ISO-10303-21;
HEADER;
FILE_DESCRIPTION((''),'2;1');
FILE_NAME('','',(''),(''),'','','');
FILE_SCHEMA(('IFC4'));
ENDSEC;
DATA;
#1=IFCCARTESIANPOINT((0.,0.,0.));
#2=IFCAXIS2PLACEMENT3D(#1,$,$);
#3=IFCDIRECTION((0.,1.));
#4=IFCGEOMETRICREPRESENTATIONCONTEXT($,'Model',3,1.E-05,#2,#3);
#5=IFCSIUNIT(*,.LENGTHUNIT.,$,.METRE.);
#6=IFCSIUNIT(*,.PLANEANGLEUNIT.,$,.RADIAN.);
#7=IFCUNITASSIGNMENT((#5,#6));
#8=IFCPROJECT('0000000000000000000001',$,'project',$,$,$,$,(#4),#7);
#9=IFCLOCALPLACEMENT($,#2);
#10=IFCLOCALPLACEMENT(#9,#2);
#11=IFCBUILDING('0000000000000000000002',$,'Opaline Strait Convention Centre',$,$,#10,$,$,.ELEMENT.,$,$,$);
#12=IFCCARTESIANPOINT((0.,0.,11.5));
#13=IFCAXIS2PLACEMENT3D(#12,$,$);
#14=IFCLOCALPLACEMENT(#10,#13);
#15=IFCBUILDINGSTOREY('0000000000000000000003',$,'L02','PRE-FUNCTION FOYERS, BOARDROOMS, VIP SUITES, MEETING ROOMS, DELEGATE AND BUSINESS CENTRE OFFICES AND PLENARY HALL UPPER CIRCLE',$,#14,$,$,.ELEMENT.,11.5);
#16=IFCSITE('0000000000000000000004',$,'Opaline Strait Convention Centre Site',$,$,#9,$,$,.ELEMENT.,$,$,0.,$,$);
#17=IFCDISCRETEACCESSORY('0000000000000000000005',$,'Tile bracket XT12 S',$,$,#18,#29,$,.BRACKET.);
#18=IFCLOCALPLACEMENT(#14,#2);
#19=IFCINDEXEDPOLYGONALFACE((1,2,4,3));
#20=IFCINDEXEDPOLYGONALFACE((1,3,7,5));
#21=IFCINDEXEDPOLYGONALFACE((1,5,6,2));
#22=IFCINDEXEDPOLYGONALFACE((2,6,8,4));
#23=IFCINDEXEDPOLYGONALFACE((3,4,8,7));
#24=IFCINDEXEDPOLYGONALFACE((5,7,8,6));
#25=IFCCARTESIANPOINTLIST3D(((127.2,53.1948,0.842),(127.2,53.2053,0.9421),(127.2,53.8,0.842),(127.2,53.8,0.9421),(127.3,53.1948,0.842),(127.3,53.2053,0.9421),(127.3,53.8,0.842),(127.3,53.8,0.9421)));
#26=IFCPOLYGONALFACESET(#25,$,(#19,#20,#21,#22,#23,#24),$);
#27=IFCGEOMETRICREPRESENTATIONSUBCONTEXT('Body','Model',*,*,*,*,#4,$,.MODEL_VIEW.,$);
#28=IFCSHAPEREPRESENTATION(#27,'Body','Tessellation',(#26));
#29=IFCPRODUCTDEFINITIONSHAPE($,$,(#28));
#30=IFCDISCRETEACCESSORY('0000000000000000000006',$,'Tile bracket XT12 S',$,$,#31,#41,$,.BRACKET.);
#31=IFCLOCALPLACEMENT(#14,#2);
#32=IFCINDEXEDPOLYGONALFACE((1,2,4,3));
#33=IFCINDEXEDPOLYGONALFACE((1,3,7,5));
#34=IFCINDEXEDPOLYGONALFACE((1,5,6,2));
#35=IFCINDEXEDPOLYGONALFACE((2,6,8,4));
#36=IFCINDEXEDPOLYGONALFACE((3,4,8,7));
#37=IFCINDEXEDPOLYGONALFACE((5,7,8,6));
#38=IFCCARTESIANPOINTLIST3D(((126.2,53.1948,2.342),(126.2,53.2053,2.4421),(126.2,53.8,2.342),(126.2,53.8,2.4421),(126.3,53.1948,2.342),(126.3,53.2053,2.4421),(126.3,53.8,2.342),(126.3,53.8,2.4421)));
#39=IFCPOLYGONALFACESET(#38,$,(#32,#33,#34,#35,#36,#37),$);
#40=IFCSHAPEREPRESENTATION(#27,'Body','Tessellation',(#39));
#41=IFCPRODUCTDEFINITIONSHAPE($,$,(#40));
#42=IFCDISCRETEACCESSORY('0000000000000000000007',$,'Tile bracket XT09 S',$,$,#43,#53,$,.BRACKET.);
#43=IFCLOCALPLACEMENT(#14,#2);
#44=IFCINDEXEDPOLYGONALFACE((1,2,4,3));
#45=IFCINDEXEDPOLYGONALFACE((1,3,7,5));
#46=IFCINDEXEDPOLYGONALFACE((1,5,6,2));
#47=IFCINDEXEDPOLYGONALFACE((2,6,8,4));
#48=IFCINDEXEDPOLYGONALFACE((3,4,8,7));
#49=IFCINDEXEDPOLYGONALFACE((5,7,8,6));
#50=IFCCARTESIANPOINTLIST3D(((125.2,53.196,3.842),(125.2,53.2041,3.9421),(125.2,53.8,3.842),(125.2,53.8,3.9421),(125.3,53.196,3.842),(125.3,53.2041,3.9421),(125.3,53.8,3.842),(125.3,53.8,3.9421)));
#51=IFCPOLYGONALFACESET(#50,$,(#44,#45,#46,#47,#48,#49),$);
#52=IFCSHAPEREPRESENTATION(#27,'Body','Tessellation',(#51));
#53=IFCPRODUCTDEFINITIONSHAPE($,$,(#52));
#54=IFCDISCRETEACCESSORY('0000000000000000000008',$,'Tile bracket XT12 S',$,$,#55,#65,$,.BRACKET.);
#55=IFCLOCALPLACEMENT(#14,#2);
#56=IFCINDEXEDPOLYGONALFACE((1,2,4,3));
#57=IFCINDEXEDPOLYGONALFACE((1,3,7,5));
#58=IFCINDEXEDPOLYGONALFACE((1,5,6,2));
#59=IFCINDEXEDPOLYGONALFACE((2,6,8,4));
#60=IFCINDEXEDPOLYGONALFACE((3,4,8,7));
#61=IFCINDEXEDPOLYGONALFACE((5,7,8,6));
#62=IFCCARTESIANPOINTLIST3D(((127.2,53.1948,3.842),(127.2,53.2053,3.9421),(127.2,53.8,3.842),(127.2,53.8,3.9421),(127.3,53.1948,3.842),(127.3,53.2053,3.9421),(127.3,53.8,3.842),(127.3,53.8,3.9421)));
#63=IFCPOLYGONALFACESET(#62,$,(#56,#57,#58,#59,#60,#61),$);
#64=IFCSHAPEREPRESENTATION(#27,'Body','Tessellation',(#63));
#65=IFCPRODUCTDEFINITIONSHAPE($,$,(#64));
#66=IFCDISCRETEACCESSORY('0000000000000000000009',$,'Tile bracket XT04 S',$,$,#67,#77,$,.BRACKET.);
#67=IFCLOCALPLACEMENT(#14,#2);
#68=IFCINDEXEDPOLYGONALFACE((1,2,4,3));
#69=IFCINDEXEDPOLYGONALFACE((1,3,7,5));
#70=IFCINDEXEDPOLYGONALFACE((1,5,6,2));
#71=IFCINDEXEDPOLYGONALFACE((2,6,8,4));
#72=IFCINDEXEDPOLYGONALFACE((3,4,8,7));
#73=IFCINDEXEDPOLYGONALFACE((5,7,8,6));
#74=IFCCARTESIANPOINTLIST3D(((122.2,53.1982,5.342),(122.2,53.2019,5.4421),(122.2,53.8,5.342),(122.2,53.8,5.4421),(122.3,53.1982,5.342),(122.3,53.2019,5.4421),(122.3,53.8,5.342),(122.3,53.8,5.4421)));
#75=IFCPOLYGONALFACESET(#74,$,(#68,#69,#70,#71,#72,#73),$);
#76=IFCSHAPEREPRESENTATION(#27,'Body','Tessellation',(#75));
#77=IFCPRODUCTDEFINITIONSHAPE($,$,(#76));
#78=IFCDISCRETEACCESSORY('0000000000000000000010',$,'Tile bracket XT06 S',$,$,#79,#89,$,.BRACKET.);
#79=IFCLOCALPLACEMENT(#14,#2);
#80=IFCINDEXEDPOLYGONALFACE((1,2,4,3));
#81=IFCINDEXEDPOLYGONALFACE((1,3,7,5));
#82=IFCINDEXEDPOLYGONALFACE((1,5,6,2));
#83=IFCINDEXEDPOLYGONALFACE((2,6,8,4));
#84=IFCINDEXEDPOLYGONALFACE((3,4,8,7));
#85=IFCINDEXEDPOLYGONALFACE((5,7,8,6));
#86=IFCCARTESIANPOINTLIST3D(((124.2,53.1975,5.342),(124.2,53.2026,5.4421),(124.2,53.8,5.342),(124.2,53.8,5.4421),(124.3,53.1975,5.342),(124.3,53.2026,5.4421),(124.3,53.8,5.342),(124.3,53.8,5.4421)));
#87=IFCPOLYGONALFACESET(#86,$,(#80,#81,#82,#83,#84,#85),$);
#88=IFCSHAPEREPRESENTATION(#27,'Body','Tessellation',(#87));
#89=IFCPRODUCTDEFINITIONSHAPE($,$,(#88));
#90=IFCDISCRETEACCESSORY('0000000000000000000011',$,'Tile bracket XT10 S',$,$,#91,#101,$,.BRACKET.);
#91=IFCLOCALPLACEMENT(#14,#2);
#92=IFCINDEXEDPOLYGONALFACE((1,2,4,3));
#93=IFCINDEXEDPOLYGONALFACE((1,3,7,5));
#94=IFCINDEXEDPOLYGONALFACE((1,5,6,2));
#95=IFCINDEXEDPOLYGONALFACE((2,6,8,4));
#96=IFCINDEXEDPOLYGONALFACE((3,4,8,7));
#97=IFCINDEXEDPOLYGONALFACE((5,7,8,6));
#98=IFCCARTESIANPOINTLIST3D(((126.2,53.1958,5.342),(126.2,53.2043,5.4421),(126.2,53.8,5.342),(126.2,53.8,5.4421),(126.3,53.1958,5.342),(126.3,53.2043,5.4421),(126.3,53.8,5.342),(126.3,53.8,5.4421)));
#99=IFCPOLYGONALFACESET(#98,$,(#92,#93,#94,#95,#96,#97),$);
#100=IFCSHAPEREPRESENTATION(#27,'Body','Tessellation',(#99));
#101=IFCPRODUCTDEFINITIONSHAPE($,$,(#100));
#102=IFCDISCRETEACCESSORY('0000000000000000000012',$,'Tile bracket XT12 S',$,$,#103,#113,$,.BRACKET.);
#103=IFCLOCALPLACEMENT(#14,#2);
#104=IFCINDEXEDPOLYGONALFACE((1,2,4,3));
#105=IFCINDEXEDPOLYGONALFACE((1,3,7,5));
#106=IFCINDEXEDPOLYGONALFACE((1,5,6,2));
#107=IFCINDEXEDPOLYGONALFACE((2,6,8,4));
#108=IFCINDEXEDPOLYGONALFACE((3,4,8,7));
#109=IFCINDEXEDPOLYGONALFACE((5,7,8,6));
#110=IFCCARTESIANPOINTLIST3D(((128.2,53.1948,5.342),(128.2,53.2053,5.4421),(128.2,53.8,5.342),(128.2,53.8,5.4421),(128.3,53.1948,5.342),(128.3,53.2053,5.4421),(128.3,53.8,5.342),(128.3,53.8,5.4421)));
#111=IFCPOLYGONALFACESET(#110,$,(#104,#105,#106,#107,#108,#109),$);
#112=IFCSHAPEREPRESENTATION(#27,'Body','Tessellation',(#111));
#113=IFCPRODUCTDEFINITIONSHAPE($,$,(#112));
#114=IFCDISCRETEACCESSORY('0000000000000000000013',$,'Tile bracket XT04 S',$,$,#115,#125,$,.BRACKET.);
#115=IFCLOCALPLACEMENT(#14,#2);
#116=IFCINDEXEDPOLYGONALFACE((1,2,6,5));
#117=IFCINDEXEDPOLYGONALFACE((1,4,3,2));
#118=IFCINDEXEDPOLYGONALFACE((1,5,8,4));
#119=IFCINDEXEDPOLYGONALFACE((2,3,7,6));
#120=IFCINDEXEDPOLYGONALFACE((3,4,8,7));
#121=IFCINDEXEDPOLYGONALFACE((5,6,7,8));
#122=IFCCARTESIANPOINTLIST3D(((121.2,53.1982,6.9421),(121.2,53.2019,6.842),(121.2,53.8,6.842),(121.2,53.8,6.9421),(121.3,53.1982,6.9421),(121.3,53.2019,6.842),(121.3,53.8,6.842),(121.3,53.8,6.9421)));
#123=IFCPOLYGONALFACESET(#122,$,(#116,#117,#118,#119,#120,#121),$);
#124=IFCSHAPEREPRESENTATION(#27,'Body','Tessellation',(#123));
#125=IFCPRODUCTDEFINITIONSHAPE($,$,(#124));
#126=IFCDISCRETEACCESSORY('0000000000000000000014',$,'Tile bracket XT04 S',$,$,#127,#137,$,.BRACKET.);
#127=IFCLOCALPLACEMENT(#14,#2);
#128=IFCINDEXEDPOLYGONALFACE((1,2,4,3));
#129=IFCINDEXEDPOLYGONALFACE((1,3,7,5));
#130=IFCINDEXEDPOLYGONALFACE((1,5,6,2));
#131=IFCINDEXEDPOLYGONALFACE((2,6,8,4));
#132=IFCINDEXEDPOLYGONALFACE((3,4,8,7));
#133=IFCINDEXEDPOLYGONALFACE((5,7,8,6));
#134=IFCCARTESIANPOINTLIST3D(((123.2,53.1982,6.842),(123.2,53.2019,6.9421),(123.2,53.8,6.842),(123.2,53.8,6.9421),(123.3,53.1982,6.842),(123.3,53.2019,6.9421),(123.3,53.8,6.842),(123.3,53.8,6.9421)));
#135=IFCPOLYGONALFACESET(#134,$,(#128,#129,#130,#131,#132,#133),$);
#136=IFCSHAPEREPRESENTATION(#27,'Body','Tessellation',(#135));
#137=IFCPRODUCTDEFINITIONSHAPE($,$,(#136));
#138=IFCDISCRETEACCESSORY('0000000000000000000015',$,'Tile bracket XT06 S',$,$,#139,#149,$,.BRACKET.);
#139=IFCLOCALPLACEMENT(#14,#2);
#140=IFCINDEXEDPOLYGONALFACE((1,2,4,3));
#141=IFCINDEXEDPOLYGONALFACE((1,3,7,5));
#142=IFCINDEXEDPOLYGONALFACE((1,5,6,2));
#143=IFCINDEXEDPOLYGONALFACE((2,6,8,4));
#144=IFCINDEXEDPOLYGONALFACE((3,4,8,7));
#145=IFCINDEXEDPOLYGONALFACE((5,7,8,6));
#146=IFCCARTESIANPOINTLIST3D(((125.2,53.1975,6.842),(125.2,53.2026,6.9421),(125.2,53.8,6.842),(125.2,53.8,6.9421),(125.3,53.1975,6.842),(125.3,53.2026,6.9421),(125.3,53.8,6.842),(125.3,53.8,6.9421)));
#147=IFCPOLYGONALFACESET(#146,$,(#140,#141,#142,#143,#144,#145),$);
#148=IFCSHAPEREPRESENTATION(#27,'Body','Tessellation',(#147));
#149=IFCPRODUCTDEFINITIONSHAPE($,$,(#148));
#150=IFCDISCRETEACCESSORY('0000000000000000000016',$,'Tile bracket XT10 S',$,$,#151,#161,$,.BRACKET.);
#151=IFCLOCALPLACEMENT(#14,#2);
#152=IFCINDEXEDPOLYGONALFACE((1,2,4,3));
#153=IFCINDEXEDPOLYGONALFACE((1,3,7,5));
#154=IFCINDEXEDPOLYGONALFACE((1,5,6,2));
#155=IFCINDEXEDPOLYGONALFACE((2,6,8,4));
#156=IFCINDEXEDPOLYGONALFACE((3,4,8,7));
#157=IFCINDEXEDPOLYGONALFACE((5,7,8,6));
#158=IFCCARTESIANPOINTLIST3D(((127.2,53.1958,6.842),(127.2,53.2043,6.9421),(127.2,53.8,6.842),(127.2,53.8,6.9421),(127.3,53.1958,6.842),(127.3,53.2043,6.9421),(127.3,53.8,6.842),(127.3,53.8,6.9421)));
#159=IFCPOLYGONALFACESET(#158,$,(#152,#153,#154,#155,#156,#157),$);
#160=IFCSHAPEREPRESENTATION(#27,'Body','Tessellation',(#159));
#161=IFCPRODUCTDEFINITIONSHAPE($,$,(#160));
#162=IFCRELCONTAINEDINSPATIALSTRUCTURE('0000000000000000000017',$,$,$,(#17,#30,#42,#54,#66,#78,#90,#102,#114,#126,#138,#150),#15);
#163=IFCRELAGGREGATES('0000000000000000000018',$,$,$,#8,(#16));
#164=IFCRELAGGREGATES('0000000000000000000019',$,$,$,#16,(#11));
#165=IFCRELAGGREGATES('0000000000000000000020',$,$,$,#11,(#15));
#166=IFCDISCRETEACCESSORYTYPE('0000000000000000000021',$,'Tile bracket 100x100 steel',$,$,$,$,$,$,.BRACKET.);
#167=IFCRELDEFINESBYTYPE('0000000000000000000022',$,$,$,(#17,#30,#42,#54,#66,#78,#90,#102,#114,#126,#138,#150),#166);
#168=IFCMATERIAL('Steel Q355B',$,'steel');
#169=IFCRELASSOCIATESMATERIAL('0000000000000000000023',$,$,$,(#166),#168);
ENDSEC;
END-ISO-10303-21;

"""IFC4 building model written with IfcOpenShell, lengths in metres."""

from ifc_helpers import new_model, si_unit, direction, frame, origin, place, context, subcontext, project, spatial, polyline, outline, extrude, material, type_object, element, save


model = new_model("IFC4")

# Units and contexts
model_context = context("Model", 3, precision=1e-05, world=origin(), true_north=direction((0.0, 1.0)))
body_context = subcontext(model_context, "Body", "Model", "MODEL_VIEW")
ifc_project = project(units=[si_unit("LENGTHUNIT", "METRE"), si_unit("PLANEANGLEUNIT", "RADIAN")], contexts=[model_context])

# Site, building, storey
site_placement = place(None, origin())
site = spatial("IfcSite", under=ifc_project, at=site_placement, Name="Opaline Strait Convention Centre Site", CompositionType="ELEMENT", RefElevation=0.0)
building_placement = place(site_placement, origin())
building = spatial("IfcBuilding", under=site, at=building_placement, Name="Opaline Strait Convention Centre", CompositionType="ELEMENT")
storey_placement = place(building_placement, frame((0.0, 0.0, 11.5)))
storey = spatial("IfcBuildingStorey", under=building, at=storey_placement, Name="L02", Description="PRE-FUNCTION FOYERS, BOARDROOMS, VIP SUITES, MEETING ROOMS, DELEGATE AND BUSINESS CENTRE OFFICES AND PLENARY HALL UPPER CIRCLE", CompositionType="ELEMENT", Elevation=11.5)

# Discrete accessories
ifc_material_1 = material(Name="Steel Q355B", Category="steel")
discrete_accessory_type = type_object("IfcDiscreteAccessoryType", Name="Tile bracket 100x100 steel", PredefinedType="BRACKET", material=ifc_material_1)
for number, where, z_axis, x_axis, name in (
    (1, (127.2, 53.8, 0.8921), (1.0, 0.0, 0.0), (0.0, 1.0, 0.0), "Tile bracket XT12 S"),
    (2, (126.2, 53.8, 2.3921), (1.0, 0.0, 0.0), (0.0, 1.0, 0.0), "Tile bracket XT12 S"),
):
    element("IfcDiscreteAccessory", number, at=place(storey_placement, frame(where, z_axis=z_axis, x_axis=x_axis)), inside=storey, type_object=discrete_accessory_type, Name=name, PredefinedType="BRACKET", context=body_context, shape_type="SweptSolid", body=[
        extrude(outline(polyline([(0.0, -0.05), (0.0, 0.05), (-0.5947, 0.05), (-0.6052, -0.05), (0.0, -0.05)])), origin(), (0.0, 0.0, 1.0), 0.1001),
    ])
discrete_accessory_1_placement = place(storey_placement, frame((125.2, 53.8, 3.8921), z_axis=(1.0, 0.0, 0.0), x_axis=(0.0, 1.0, 0.0)))
element("IfcDiscreteAccessory", 3, at=discrete_accessory_1_placement, inside=storey, type_object=discrete_accessory_type, Name="Tile bracket XT09 S", PredefinedType="BRACKET", context=body_context, shape_type="SweptSolid", body=[
    extrude(outline(polyline([(0.0, -0.05), (0.0, 0.05), (-0.5959, 0.05), (-0.604, -0.05), (0.0, -0.05)])), origin(), (0.0, 0.0, 1.0), 0.1001),
])
discrete_accessory_2_placement = place(storey_placement, frame((127.2, 53.8, 3.8921), z_axis=(1.0, 0.0, 0.0), x_axis=(0.0, 1.0, 0.0)))
element("IfcDiscreteAccessory", 4, at=discrete_accessory_2_placement, inside=storey, type_object=discrete_accessory_type, Name="Tile bracket XT12 S", PredefinedType="BRACKET", context=body_context, shape_type="SweptSolid", body=[
    extrude(outline(polyline([(0.0, -0.05), (0.0, 0.05), (-0.5947, 0.05), (-0.6052, -0.05), (0.0, -0.05)])), origin(), (0.0, 0.0, 1.0), 0.1001),
])
discrete_accessory_3_placement = place(storey_placement, frame((122.2, 53.8, 5.3921), z_axis=(1.0, 0.0, 0.0), x_axis=(0.0, 1.0, 0.0)))
element("IfcDiscreteAccessory", 5, at=discrete_accessory_3_placement, inside=storey, type_object=discrete_accessory_type, Name="Tile bracket XT04 S", PredefinedType="BRACKET", context=body_context, shape_type="SweptSolid", body=[
    extrude(outline(polyline([(0.0, -0.05), (0.0, 0.05), (-0.5981, 0.05), (-0.6018, -0.05), (0.0, -0.05)])), origin(), (0.0, 0.0, 1.0), 0.1001),
])
discrete_accessory_4_placement = place(storey_placement, frame((124.2, 53.8, 5.3921), z_axis=(1.0, 0.0, 0.0), x_axis=(0.0, 1.0, 0.0)))
element("IfcDiscreteAccessory", 6, at=discrete_accessory_4_placement, inside=storey, type_object=discrete_accessory_type, Name="Tile bracket XT06 S", PredefinedType="BRACKET", context=body_context, shape_type="SweptSolid", body=[
    extrude(outline(polyline([(0.0, -0.05), (0.0, 0.05), (-0.5974, 0.05), (-0.6025, -0.05), (0.0, -0.05)])), origin(), (0.0, 0.0, 1.0), 0.1001),
])
discrete_accessory_5_placement = place(storey_placement, frame((126.2, 53.8, 5.3921), z_axis=(1.0, 0.0, 0.0), x_axis=(0.0, 1.0, 0.0)))
element("IfcDiscreteAccessory", 7, at=discrete_accessory_5_placement, inside=storey, type_object=discrete_accessory_type, Name="Tile bracket XT10 S", PredefinedType="BRACKET", context=body_context, shape_type="SweptSolid", body=[
    extrude(outline(polyline([(0.0, -0.05), (0.0, 0.05), (-0.5957, 0.05), (-0.6042, -0.05), (0.0, -0.05)])), origin(), (0.0, 0.0, 1.0), 0.1001),
])
discrete_accessory_6_placement = place(storey_placement, frame((128.2, 53.8, 5.3921), z_axis=(1.0, 0.0, 0.0), x_axis=(0.0, 1.0, 0.0)))
element("IfcDiscreteAccessory", 8, at=discrete_accessory_6_placement, inside=storey, type_object=discrete_accessory_type, Name="Tile bracket XT12 S", PredefinedType="BRACKET", context=body_context, shape_type="SweptSolid", body=[
    extrude(outline(polyline([(0.0, -0.05), (0.0, 0.05), (-0.5947, 0.05), (-0.6052, -0.05), (0.0, -0.05)])), origin(), (0.0, 0.0, 1.0), 0.1001),
])
discrete_accessory_7_placement = place(storey_placement, frame((121.2, 53.8, 6.8921), z_axis=(1.0, 0.0, 0.0), x_axis=(0.0, 1.0, 0.0)))
element("IfcDiscreteAccessory", 9, at=discrete_accessory_7_placement, inside=storey, type_object=discrete_accessory_type, Name="Tile bracket XT04 S", PredefinedType="BRACKET", context=body_context, shape_type="SweptSolid", body=[
    extrude(outline(polyline([(0.0, -0.05), (0.0, 0.05), (-0.6018, 0.05), (-0.5981, -0.05), (0.0, -0.05)])), origin(), (0.0, 0.0, 1.0), 0.1001),
])
discrete_accessory_8_placement = place(storey_placement, frame((123.2, 53.8, 6.8921), z_axis=(1.0, 0.0, 0.0), x_axis=(0.0, 1.0, 0.0)))
element("IfcDiscreteAccessory", 10, at=discrete_accessory_8_placement, inside=storey, type_object=discrete_accessory_type, Name="Tile bracket XT04 S", PredefinedType="BRACKET", context=body_context, shape_type="SweptSolid", body=[
    extrude(outline(polyline([(0.0, -0.05), (0.0, 0.05), (-0.5981, 0.05), (-0.6018, -0.05), (0.0, -0.05)])), origin(), (0.0, 0.0, 1.0), 0.1001),
])
discrete_accessory_9_placement = place(storey_placement, frame((125.2, 53.8, 6.8921), z_axis=(1.0, 0.0, 0.0), x_axis=(0.0, 1.0, 0.0)))
element("IfcDiscreteAccessory", 11, at=discrete_accessory_9_placement, inside=storey, type_object=discrete_accessory_type, Name="Tile bracket XT06 S", PredefinedType="BRACKET", context=body_context, shape_type="SweptSolid", body=[
    extrude(outline(polyline([(0.0, -0.05), (0.0, 0.05), (-0.5974, 0.05), (-0.6025, -0.05), (0.0, -0.05)])), origin(), (0.0, 0.0, 1.0), 0.1001),
])
discrete_accessory_10_placement = place(storey_placement, frame((127.2, 53.8, 6.8921), z_axis=(1.0, 0.0, 0.0), x_axis=(0.0, 1.0, 0.0)))
element("IfcDiscreteAccessory", 12, at=discrete_accessory_10_placement, inside=storey, type_object=discrete_accessory_type, Name="Tile bracket XT10 S", PredefinedType="BRACKET", context=body_context, shape_type="SweptSolid", body=[
    extrude(outline(polyline([(0.0, -0.05), (0.0, 0.05), (-0.5957, 0.05), (-0.6042, -0.05), (0.0, -0.05)])), origin(), (0.0, 0.0, 1.0), 0.1001),
])

save(model, "model.ifc")
